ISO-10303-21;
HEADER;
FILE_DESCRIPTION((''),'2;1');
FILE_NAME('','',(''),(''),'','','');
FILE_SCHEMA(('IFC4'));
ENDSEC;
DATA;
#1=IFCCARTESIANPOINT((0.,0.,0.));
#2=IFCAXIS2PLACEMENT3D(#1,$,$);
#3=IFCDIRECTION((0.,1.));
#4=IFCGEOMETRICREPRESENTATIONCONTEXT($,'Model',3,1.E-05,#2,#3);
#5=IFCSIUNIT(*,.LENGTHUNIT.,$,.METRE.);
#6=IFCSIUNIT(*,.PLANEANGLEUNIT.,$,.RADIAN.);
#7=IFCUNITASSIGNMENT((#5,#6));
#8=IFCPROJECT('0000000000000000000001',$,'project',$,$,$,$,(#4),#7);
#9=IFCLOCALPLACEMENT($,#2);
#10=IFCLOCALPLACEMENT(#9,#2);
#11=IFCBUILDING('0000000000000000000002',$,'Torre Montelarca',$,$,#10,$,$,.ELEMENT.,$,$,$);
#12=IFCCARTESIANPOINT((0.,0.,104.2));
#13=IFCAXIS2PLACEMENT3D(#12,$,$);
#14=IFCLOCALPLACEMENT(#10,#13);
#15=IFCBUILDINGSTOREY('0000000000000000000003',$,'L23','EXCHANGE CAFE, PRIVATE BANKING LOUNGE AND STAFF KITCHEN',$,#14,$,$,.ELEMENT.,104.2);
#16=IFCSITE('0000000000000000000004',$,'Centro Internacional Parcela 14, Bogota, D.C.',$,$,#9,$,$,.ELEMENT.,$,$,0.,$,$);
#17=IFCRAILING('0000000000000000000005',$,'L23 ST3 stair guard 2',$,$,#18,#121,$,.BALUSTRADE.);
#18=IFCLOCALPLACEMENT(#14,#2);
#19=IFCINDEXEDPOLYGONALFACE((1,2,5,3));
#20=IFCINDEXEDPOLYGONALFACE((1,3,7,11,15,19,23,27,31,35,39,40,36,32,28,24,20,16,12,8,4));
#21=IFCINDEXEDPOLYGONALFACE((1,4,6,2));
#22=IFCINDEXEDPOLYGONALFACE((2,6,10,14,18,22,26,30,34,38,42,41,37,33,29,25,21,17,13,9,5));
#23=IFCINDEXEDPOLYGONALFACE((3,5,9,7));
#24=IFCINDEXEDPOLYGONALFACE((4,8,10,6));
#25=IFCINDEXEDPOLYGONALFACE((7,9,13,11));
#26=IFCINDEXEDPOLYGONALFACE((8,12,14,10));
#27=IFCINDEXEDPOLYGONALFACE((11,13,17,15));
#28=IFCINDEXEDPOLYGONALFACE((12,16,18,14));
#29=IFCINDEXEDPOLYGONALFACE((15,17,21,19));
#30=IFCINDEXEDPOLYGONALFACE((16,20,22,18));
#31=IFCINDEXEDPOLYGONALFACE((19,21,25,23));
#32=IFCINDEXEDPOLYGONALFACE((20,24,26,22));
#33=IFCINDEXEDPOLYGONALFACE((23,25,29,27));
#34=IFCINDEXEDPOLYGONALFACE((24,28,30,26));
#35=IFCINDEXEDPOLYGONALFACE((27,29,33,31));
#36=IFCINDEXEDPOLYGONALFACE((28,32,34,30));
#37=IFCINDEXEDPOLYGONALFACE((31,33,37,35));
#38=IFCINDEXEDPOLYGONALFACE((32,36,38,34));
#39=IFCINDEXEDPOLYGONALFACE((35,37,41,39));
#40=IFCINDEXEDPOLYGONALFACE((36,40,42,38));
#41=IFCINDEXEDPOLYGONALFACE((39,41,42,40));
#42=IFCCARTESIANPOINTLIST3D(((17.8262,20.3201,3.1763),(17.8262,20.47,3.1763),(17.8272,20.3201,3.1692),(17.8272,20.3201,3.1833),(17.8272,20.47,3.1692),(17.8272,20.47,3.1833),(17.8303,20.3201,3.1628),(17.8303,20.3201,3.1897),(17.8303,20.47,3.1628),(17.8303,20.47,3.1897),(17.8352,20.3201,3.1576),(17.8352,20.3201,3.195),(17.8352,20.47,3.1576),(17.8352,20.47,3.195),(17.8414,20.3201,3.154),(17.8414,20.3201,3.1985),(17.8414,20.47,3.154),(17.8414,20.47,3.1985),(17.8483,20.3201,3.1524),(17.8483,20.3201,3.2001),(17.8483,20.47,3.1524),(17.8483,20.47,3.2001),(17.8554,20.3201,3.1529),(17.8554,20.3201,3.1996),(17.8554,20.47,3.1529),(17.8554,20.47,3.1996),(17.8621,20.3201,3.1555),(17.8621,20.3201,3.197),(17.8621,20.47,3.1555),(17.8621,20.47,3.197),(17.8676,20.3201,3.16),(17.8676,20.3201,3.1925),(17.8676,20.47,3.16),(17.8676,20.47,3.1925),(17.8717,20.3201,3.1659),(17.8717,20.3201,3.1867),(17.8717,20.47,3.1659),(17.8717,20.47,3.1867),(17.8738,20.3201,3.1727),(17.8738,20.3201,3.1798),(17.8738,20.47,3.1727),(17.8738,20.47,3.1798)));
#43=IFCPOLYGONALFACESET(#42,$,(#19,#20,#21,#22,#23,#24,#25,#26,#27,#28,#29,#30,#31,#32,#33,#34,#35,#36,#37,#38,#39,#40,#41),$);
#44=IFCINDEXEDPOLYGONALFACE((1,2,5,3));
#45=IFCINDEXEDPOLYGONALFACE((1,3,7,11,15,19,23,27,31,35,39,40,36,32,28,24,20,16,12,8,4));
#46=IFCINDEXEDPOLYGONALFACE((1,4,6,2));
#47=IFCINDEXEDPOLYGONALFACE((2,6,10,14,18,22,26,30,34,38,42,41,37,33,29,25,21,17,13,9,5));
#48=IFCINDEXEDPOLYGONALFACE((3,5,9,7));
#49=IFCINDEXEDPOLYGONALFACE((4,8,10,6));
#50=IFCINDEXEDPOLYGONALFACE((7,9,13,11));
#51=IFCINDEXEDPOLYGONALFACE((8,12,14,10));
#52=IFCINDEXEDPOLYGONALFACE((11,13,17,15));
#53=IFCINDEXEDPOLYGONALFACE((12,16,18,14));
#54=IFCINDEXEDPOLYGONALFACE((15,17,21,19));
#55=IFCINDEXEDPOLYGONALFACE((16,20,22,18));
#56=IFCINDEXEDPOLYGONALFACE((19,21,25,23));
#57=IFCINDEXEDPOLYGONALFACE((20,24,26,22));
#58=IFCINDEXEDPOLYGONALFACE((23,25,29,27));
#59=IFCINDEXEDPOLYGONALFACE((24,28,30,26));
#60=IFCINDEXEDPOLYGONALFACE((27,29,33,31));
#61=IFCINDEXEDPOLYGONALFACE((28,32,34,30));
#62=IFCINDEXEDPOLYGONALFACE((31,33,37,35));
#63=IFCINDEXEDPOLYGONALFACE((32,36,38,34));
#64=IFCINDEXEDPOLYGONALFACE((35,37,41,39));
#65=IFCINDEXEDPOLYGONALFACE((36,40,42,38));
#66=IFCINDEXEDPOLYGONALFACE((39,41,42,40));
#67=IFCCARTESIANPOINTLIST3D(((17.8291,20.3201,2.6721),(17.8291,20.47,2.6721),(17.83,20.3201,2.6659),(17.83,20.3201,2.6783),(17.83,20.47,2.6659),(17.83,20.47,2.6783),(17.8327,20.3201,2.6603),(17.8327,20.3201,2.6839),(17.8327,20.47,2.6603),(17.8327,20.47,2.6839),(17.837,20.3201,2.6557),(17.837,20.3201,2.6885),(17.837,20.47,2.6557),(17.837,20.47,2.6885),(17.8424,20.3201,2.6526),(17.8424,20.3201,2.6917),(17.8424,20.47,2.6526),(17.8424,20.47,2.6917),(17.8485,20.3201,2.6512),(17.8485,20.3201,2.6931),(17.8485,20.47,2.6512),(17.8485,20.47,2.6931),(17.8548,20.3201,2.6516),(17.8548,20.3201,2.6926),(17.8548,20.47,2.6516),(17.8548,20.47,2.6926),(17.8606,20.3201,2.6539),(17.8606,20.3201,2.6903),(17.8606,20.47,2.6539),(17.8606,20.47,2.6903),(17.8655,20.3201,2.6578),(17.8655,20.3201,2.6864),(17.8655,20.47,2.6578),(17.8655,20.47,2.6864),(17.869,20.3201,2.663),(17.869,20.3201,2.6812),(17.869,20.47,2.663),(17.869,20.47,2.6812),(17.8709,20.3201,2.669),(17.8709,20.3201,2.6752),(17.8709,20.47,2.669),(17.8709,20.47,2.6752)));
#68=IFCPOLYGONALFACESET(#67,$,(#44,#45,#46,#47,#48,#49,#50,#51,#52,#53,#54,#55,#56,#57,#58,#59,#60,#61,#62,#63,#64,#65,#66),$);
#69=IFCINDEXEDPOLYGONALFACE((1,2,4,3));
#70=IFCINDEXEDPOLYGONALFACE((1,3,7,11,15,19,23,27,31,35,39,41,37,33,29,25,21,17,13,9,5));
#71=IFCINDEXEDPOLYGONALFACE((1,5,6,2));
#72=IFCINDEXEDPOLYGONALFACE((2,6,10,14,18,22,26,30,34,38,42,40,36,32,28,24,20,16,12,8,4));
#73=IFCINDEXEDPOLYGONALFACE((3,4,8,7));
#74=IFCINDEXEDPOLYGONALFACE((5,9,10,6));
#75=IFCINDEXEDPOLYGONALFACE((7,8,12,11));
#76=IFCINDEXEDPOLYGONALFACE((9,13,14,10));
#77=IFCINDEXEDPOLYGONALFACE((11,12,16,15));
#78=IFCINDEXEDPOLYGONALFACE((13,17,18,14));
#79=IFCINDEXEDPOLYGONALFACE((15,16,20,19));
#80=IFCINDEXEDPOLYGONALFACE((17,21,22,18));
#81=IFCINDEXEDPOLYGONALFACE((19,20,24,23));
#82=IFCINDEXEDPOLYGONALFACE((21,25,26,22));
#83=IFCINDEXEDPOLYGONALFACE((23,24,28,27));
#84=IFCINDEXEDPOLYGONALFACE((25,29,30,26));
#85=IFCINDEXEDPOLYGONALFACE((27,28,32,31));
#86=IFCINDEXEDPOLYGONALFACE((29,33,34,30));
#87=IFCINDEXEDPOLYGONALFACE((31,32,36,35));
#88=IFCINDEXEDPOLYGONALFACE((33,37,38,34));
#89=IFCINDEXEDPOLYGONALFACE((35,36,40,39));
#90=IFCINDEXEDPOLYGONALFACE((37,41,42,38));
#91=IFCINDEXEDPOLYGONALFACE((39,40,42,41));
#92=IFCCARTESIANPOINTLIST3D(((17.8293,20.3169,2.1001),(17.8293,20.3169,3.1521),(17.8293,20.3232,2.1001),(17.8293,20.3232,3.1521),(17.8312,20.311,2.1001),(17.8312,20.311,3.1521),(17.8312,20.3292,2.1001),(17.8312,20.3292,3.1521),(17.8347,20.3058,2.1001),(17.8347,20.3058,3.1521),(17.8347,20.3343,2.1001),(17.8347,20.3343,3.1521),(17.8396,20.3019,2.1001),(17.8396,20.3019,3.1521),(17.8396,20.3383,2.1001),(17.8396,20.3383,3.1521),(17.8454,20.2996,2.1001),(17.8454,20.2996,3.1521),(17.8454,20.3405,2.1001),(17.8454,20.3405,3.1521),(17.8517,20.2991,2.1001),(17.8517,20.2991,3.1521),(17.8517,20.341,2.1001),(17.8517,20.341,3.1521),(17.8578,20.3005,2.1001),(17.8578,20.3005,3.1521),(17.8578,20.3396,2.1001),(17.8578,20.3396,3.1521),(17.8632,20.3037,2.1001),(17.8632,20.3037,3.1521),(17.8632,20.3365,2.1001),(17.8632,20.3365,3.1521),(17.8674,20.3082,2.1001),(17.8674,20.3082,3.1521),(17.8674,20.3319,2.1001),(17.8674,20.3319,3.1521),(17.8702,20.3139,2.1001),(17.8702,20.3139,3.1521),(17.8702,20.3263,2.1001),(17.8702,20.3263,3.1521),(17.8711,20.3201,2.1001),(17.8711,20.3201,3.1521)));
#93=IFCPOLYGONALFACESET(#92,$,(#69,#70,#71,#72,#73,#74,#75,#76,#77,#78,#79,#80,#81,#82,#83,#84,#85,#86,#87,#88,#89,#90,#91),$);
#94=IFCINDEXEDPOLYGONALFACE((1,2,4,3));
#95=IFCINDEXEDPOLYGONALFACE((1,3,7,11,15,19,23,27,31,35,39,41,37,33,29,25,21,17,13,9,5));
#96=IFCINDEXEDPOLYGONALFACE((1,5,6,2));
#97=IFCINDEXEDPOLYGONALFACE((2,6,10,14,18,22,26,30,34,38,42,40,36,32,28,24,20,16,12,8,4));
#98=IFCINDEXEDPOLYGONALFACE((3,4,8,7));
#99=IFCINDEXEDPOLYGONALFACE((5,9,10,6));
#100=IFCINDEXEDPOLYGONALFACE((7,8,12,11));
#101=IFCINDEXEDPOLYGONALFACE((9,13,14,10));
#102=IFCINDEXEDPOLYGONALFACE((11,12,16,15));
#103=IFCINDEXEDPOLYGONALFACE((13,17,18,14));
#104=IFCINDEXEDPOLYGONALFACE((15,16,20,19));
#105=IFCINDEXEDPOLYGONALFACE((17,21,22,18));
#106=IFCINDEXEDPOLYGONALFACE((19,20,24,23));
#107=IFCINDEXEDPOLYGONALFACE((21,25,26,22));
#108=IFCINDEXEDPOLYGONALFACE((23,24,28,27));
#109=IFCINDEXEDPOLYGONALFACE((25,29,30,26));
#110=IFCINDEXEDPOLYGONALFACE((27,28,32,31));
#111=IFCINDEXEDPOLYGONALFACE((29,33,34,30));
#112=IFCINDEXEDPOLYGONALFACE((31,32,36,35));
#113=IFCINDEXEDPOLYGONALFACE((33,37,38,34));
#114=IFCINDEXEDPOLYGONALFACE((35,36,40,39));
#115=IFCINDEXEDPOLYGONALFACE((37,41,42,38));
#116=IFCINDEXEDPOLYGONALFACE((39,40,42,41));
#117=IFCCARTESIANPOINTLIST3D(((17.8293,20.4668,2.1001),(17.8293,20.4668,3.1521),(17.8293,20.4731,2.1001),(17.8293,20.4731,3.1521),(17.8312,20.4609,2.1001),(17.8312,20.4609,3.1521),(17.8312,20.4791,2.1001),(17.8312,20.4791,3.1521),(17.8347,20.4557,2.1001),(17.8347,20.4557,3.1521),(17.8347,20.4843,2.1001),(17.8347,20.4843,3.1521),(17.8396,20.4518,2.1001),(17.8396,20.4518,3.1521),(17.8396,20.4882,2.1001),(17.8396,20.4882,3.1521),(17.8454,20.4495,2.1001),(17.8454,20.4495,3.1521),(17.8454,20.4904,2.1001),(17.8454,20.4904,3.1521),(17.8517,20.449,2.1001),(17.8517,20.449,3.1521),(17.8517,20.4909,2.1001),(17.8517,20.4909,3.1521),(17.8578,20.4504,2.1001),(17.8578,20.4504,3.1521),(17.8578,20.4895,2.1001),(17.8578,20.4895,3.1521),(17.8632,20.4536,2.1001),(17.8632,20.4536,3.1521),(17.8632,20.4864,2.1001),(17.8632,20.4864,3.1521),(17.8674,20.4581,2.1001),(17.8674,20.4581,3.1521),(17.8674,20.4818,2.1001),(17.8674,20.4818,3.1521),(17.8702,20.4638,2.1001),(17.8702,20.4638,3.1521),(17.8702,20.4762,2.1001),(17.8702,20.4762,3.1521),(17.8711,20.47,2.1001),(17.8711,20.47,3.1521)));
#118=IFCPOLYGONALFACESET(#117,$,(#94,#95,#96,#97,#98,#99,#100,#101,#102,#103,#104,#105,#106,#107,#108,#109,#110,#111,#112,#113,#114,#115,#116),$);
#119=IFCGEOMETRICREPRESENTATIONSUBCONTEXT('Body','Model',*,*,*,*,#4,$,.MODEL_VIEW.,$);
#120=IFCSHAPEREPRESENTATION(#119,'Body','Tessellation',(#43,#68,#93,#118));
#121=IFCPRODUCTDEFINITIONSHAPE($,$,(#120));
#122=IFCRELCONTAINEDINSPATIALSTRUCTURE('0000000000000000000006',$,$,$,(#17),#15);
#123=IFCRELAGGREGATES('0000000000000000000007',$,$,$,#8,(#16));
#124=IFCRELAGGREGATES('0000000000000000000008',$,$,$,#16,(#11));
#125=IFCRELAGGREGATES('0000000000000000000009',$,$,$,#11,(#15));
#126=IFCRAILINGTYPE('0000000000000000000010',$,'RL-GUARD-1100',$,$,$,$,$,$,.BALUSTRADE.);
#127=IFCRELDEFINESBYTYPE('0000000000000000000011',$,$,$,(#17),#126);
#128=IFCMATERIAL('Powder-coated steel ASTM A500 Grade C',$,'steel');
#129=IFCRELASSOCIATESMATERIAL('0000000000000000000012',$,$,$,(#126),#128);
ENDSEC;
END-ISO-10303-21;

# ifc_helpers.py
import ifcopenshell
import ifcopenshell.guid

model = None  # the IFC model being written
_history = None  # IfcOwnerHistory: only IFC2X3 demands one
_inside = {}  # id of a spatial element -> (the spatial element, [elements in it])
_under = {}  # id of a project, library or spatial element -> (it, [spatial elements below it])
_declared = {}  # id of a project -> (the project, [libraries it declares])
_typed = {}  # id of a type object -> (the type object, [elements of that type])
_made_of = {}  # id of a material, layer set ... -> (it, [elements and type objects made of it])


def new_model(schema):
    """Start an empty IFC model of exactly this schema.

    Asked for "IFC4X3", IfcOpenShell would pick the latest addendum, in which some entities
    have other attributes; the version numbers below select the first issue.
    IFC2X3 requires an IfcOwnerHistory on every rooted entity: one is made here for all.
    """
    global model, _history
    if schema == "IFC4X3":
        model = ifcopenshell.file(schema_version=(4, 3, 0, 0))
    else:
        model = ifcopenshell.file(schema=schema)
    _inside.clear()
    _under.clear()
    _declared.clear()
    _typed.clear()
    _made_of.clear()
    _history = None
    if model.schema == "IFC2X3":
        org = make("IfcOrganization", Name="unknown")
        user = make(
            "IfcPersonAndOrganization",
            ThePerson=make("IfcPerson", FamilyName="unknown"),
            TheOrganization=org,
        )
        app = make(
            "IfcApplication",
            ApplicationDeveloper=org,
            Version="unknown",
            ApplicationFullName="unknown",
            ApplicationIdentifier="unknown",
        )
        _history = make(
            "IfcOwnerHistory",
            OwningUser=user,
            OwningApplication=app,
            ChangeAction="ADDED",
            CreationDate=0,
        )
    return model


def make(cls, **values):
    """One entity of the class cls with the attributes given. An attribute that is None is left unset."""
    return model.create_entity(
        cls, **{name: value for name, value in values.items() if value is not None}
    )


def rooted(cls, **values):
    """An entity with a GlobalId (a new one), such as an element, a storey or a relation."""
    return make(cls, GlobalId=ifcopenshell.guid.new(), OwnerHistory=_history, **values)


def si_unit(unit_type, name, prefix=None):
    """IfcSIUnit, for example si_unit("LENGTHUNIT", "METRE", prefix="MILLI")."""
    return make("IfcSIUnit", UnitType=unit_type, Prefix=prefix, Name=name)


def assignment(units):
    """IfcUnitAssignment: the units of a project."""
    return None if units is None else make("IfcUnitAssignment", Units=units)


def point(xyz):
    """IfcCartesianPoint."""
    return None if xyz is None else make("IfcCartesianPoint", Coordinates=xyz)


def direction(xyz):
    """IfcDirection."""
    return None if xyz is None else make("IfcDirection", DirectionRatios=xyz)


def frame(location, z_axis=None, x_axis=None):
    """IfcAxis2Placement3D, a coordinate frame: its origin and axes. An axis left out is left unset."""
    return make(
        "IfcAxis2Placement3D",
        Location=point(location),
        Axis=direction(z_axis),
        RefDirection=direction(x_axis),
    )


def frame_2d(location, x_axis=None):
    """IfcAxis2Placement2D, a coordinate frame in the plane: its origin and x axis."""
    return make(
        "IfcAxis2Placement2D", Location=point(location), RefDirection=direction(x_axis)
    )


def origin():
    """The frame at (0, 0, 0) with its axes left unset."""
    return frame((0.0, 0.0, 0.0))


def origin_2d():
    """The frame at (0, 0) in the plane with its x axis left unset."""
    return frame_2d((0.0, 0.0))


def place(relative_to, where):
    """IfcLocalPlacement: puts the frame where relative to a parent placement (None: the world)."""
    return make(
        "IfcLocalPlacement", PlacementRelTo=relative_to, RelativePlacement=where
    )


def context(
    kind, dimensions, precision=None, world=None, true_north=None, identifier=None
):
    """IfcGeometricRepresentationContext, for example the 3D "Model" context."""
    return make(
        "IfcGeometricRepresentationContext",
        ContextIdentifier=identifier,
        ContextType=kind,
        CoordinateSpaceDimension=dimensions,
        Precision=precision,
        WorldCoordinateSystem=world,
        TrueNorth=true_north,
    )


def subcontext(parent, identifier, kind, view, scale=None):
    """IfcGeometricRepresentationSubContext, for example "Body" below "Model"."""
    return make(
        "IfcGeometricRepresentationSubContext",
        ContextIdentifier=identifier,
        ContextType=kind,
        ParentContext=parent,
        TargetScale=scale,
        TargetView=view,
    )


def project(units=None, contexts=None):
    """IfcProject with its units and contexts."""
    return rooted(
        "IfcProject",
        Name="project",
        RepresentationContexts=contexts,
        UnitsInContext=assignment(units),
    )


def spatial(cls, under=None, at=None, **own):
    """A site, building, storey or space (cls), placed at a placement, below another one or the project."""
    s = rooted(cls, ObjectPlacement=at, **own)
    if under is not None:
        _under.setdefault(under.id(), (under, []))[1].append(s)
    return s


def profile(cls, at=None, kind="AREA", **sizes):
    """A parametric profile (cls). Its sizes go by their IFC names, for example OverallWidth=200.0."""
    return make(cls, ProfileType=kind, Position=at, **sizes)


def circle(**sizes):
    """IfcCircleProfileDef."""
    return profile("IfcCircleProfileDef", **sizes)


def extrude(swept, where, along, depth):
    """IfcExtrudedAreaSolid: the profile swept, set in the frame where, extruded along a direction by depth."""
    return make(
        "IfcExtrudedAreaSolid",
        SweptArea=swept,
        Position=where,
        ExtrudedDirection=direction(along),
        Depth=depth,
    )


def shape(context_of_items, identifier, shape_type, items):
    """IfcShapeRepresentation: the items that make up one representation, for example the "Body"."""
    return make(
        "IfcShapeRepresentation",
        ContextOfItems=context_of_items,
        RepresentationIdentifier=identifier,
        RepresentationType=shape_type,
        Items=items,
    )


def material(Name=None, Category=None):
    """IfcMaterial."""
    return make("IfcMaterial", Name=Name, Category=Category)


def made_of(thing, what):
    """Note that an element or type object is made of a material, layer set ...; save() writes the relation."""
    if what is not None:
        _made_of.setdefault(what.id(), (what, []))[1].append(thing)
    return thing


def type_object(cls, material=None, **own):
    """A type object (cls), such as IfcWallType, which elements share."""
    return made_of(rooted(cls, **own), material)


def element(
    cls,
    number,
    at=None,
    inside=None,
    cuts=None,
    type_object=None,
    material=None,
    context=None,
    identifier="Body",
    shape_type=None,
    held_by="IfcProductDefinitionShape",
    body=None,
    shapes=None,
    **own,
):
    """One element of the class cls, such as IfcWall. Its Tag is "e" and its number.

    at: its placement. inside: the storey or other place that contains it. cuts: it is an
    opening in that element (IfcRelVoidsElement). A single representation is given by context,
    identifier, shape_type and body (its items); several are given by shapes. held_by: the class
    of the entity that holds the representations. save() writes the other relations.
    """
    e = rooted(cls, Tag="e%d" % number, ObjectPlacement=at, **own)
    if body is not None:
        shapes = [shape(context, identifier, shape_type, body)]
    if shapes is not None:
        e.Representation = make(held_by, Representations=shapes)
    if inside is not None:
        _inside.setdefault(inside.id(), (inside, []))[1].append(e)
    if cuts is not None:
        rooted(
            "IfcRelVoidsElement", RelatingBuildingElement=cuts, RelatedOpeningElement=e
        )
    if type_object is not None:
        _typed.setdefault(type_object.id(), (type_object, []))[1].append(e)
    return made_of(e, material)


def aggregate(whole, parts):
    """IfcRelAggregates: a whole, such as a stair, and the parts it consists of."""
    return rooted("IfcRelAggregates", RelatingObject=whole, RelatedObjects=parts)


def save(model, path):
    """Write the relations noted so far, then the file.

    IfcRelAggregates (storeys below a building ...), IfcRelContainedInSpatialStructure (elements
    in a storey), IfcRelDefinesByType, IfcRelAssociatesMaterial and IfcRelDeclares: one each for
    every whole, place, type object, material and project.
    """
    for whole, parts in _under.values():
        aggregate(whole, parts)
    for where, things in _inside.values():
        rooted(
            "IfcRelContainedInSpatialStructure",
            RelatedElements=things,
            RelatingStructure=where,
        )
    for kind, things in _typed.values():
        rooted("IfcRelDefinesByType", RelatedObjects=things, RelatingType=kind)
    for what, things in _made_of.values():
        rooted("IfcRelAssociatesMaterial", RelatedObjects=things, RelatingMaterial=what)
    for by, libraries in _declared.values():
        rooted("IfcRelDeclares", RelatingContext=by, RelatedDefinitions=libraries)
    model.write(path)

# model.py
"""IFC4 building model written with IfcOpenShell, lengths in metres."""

from ifc_helpers import new_model, si_unit, direction, frame, origin, origin_2d, place, context, subcontext, project, spatial, circle, extrude, material, type_object, element, save


model = new_model("IFC4")

# Units and contexts
model_context = context("Model", 3, precision=1e-05, world=origin(), true_north=direction((0.0, 1.0)))
body_context = subcontext(model_context, "Body", "Model", "MODEL_VIEW")
ifc_project = project(units=[si_unit("LENGTHUNIT", "METRE"), si_unit("PLANEANGLEUNIT", "RADIAN")], contexts=[model_context])

# Site, building, storey
site_placement = place(None, origin())
site = spatial("IfcSite", under=ifc_project, at=site_placement, Name="Centro Internacional Parcela 14, Bogota, D.C.", CompositionType="ELEMENT", RefElevation=0.0)
building_placement = place(site_placement, origin())
building = spatial("IfcBuilding", under=site, at=building_placement, Name="Torre Montelarca", CompositionType="ELEMENT")
storey_placement = place(building_placement, frame((0.0, 0.0, 104.2)))
storey = spatial("IfcBuildingStorey", under=building, at=storey_placement, Name="L23", Description="EXCHANGE CAFE, PRIVATE BANKING LOUNGE AND STAFF KITCHEN", CompositionType="ELEMENT", Elevation=104.2)

# Railing
ifc_material_1 = material(Name="Powder-coated steel ASTM A500 Grade C", Category="steel")
railing_type_1 = type_object("IfcRailingType", Name="RL-GUARD-1100", PredefinedType="BALUSTRADE", material=ifc_material_1)
railing_1_placement = place(storey_placement, frame((17.8501, 20.3201, 2.1001)))
element("IfcRailing", 1, at=railing_1_placement, inside=storey, type_object=railing_type_1, Name="L23 ST3 stair guard 2", PredefinedType="BALUSTRADE", context=body_context, shape_type="SweptSolid", body=[
    extrude(circle(Radius=0.0239, at=origin_2d()), frame((0.0, 0.0, 1.0762), z_axis=(0.0, 1.0, 0.0), x_axis=(-1.0, 0.0, 0.0)), (0.0, 0.0, 1.0), 0.1499),
    extrude(circle(Radius=0.021, at=origin_2d()), frame((0.0, 0.0, 0.572), z_axis=(0.0, 1.0, 0.0), x_axis=(-1.0, 0.0, 0.0)), (0.0, 0.0, 1.0), 0.1499),
    extrude(circle(Radius=0.021, at=origin_2d()), origin(), (0.0, 0.0, 1.0), 1.052),
    extrude(circle(Radius=0.021, at=origin_2d()), frame((0.0, 0.1499, 0.0)), (0.0, 0.0, 1.0), 1.052),
])

save(model, "model.ifc")
